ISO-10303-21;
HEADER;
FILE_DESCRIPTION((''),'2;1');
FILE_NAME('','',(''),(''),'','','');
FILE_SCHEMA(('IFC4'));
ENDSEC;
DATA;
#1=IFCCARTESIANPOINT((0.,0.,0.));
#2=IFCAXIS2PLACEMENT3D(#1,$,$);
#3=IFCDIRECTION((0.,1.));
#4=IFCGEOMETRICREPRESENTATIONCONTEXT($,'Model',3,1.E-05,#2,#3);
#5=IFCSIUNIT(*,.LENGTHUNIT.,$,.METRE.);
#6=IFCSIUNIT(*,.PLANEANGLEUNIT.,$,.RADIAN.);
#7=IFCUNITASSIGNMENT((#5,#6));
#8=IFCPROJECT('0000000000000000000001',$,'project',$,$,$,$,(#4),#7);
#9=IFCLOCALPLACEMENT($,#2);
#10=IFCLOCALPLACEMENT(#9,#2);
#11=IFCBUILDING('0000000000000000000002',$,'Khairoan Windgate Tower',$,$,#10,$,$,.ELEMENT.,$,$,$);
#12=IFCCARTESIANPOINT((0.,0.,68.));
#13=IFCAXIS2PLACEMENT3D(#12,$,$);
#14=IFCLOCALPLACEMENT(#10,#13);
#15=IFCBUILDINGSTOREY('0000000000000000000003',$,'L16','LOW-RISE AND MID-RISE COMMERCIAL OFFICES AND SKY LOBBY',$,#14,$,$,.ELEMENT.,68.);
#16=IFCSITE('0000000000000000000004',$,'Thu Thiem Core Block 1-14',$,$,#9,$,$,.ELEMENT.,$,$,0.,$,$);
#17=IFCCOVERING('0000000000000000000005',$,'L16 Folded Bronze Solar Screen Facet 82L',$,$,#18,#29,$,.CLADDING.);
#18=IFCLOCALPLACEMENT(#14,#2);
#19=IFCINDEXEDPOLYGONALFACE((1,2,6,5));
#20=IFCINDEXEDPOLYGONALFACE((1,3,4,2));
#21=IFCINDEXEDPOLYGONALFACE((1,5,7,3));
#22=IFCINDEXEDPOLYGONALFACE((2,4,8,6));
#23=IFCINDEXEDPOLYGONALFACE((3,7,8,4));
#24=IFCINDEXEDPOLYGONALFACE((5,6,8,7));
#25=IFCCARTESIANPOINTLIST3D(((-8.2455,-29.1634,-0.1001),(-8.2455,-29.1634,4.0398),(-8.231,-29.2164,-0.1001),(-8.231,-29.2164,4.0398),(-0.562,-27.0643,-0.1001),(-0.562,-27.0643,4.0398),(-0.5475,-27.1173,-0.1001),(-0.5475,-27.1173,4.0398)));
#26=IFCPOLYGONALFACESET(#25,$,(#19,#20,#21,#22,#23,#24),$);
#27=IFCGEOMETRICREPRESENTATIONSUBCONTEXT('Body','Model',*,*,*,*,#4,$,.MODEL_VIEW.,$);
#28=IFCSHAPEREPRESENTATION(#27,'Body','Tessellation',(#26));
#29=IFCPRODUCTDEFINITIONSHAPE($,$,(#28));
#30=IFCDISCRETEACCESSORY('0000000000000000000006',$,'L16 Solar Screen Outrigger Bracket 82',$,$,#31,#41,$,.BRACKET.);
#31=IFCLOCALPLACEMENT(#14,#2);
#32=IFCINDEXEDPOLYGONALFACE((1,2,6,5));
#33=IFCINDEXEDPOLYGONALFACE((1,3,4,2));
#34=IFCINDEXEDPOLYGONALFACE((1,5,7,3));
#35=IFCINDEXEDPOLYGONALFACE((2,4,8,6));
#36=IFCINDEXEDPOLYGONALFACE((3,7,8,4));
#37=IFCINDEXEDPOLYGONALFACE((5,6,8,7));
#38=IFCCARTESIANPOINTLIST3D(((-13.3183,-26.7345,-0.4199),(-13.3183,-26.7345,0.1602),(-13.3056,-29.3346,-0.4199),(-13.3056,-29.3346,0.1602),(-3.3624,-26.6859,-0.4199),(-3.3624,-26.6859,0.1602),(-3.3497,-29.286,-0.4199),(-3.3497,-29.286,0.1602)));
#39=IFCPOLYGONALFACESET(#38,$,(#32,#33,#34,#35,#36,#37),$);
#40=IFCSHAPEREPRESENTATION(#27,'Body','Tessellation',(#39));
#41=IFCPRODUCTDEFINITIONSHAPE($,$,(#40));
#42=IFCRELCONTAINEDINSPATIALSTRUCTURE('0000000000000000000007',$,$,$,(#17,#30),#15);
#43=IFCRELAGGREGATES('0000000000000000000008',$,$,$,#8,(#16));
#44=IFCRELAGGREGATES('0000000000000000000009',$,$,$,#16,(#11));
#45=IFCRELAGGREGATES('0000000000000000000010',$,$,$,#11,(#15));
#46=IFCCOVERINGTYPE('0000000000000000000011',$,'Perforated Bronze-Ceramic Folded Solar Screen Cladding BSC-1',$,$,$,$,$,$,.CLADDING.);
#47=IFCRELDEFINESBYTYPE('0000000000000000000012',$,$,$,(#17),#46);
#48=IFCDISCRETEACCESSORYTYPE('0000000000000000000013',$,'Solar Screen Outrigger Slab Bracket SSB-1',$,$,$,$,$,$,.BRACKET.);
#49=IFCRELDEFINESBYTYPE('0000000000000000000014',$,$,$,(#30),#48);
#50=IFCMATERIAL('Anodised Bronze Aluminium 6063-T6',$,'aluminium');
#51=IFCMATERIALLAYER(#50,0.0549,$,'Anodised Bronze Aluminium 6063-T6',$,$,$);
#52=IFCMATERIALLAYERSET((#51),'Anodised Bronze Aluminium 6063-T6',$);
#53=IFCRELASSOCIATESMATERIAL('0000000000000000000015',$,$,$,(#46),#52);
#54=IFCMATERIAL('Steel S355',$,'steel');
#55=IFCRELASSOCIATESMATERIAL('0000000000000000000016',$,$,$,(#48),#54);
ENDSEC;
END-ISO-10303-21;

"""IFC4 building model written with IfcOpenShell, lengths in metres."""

from ifc_helpers import new_model, si_unit, direction, frame, origin, origin_2d, place, context, subcontext, project, spatial, rectangle, extrude, material, layer, layer_set, type_object, element, save


model = new_model("IFC4")

# Units and contexts
model_context = context("Model", 3, precision=1e-05, world=origin(), true_north=direction((0.0, 1.0)))
body_context = subcontext(model_context, "Body", "Model", "MODEL_VIEW")
ifc_project = project(units=[si_unit("LENGTHUNIT", "METRE"), si_unit("PLANEANGLEUNIT", "RADIAN")], contexts=[model_context])

# Site, building, storey
site_placement = place(None, origin())
site = spatial("IfcSite", under=ifc_project, at=site_placement, Name="Thu Thiem Core Block 1-14", CompositionType="ELEMENT", RefElevation=0.0)
building_placement = place(site_placement, origin())
building = spatial("IfcBuilding", under=site, at=building_placement, Name="Khairoan Windgate Tower", CompositionType="ELEMENT")
storey_placement = place(building_placement, frame((0.0, 0.0, 68.0)))
storey = spatial("IfcBuildingStorey", under=building, at=storey_placement, Name="L16", Description="LOW-RISE AND MID-RISE COMMERCIAL OFFICES AND SKY LOBBY", CompositionType="ELEMENT", Elevation=68.0)

# Covering
ifc_material_1 = material(Name="Anodised Bronze Aluminium 6063-T6", Category="aluminium")
ifc_layer_1 = layer(ifc_material_1, 0.0549, Name="Anodised Bronze Aluminium 6063-T6")
ifc_layer_set_1 = layer_set([ifc_layer_1], Name="Anodised Bronze Aluminium 6063-T6")
covering_type = type_object("IfcCoveringType", Name="Perforated Bronze-Ceramic Folded Solar Screen Cladding BSC-1", PredefinedType="CLADDING", material=ifc_layer_set_1)
covering_placement = place(storey_placement, frame((-4.3965, -28.1404, -0.1001), z_axis=(0.0, 0.0, 1.0), x_axis=(-0.964649, -0.263536, 0.0)))
element("IfcCovering", 1, at=covering_placement, inside=storey, type_object=covering_type, Name="L16 Folded Bronze Solar Screen Facet 82L", PredefinedType="CLADDING", context=body_context, shape_type="SweptSolid", body=[
    extrude(rectangle(XDim=7.9651, YDim=0.0549, at=origin_2d()), origin(), (0.0, 0.0, 1.0), 4.1399),
])

# Discrete accessory
ifc_material_2 = material(Name="Steel S355", Category="steel")
discrete_accessory_type = type_object("IfcDiscreteAccessoryType", Name="Solar Screen Outrigger Slab Bracket SSB-1", PredefinedType="BRACKET", material=ifc_material_2)
discrete_accessory_placement = place(storey_placement, frame((-8.334, -28.0103, -0.4199), z_axis=(0.0, 0.0, 1.0), x_axis=(-0.999988, -0.004887, 0.0)))
element("IfcDiscreteAccessory", 2, at=discrete_accessory_placement, inside=storey, type_object=discrete_accessory_type, Name="L16 Solar Screen Outrigger Bracket 82", PredefinedType="BRACKET", context=body_context, shape_type="SweptSolid", body=[
    extrude(rectangle(XDim=9.9561, YDim=2.6001, at=origin_2d()), origin(), (0.0, 0.0, 1.0), 0.5801),
])

save(model, "model.ifc")
